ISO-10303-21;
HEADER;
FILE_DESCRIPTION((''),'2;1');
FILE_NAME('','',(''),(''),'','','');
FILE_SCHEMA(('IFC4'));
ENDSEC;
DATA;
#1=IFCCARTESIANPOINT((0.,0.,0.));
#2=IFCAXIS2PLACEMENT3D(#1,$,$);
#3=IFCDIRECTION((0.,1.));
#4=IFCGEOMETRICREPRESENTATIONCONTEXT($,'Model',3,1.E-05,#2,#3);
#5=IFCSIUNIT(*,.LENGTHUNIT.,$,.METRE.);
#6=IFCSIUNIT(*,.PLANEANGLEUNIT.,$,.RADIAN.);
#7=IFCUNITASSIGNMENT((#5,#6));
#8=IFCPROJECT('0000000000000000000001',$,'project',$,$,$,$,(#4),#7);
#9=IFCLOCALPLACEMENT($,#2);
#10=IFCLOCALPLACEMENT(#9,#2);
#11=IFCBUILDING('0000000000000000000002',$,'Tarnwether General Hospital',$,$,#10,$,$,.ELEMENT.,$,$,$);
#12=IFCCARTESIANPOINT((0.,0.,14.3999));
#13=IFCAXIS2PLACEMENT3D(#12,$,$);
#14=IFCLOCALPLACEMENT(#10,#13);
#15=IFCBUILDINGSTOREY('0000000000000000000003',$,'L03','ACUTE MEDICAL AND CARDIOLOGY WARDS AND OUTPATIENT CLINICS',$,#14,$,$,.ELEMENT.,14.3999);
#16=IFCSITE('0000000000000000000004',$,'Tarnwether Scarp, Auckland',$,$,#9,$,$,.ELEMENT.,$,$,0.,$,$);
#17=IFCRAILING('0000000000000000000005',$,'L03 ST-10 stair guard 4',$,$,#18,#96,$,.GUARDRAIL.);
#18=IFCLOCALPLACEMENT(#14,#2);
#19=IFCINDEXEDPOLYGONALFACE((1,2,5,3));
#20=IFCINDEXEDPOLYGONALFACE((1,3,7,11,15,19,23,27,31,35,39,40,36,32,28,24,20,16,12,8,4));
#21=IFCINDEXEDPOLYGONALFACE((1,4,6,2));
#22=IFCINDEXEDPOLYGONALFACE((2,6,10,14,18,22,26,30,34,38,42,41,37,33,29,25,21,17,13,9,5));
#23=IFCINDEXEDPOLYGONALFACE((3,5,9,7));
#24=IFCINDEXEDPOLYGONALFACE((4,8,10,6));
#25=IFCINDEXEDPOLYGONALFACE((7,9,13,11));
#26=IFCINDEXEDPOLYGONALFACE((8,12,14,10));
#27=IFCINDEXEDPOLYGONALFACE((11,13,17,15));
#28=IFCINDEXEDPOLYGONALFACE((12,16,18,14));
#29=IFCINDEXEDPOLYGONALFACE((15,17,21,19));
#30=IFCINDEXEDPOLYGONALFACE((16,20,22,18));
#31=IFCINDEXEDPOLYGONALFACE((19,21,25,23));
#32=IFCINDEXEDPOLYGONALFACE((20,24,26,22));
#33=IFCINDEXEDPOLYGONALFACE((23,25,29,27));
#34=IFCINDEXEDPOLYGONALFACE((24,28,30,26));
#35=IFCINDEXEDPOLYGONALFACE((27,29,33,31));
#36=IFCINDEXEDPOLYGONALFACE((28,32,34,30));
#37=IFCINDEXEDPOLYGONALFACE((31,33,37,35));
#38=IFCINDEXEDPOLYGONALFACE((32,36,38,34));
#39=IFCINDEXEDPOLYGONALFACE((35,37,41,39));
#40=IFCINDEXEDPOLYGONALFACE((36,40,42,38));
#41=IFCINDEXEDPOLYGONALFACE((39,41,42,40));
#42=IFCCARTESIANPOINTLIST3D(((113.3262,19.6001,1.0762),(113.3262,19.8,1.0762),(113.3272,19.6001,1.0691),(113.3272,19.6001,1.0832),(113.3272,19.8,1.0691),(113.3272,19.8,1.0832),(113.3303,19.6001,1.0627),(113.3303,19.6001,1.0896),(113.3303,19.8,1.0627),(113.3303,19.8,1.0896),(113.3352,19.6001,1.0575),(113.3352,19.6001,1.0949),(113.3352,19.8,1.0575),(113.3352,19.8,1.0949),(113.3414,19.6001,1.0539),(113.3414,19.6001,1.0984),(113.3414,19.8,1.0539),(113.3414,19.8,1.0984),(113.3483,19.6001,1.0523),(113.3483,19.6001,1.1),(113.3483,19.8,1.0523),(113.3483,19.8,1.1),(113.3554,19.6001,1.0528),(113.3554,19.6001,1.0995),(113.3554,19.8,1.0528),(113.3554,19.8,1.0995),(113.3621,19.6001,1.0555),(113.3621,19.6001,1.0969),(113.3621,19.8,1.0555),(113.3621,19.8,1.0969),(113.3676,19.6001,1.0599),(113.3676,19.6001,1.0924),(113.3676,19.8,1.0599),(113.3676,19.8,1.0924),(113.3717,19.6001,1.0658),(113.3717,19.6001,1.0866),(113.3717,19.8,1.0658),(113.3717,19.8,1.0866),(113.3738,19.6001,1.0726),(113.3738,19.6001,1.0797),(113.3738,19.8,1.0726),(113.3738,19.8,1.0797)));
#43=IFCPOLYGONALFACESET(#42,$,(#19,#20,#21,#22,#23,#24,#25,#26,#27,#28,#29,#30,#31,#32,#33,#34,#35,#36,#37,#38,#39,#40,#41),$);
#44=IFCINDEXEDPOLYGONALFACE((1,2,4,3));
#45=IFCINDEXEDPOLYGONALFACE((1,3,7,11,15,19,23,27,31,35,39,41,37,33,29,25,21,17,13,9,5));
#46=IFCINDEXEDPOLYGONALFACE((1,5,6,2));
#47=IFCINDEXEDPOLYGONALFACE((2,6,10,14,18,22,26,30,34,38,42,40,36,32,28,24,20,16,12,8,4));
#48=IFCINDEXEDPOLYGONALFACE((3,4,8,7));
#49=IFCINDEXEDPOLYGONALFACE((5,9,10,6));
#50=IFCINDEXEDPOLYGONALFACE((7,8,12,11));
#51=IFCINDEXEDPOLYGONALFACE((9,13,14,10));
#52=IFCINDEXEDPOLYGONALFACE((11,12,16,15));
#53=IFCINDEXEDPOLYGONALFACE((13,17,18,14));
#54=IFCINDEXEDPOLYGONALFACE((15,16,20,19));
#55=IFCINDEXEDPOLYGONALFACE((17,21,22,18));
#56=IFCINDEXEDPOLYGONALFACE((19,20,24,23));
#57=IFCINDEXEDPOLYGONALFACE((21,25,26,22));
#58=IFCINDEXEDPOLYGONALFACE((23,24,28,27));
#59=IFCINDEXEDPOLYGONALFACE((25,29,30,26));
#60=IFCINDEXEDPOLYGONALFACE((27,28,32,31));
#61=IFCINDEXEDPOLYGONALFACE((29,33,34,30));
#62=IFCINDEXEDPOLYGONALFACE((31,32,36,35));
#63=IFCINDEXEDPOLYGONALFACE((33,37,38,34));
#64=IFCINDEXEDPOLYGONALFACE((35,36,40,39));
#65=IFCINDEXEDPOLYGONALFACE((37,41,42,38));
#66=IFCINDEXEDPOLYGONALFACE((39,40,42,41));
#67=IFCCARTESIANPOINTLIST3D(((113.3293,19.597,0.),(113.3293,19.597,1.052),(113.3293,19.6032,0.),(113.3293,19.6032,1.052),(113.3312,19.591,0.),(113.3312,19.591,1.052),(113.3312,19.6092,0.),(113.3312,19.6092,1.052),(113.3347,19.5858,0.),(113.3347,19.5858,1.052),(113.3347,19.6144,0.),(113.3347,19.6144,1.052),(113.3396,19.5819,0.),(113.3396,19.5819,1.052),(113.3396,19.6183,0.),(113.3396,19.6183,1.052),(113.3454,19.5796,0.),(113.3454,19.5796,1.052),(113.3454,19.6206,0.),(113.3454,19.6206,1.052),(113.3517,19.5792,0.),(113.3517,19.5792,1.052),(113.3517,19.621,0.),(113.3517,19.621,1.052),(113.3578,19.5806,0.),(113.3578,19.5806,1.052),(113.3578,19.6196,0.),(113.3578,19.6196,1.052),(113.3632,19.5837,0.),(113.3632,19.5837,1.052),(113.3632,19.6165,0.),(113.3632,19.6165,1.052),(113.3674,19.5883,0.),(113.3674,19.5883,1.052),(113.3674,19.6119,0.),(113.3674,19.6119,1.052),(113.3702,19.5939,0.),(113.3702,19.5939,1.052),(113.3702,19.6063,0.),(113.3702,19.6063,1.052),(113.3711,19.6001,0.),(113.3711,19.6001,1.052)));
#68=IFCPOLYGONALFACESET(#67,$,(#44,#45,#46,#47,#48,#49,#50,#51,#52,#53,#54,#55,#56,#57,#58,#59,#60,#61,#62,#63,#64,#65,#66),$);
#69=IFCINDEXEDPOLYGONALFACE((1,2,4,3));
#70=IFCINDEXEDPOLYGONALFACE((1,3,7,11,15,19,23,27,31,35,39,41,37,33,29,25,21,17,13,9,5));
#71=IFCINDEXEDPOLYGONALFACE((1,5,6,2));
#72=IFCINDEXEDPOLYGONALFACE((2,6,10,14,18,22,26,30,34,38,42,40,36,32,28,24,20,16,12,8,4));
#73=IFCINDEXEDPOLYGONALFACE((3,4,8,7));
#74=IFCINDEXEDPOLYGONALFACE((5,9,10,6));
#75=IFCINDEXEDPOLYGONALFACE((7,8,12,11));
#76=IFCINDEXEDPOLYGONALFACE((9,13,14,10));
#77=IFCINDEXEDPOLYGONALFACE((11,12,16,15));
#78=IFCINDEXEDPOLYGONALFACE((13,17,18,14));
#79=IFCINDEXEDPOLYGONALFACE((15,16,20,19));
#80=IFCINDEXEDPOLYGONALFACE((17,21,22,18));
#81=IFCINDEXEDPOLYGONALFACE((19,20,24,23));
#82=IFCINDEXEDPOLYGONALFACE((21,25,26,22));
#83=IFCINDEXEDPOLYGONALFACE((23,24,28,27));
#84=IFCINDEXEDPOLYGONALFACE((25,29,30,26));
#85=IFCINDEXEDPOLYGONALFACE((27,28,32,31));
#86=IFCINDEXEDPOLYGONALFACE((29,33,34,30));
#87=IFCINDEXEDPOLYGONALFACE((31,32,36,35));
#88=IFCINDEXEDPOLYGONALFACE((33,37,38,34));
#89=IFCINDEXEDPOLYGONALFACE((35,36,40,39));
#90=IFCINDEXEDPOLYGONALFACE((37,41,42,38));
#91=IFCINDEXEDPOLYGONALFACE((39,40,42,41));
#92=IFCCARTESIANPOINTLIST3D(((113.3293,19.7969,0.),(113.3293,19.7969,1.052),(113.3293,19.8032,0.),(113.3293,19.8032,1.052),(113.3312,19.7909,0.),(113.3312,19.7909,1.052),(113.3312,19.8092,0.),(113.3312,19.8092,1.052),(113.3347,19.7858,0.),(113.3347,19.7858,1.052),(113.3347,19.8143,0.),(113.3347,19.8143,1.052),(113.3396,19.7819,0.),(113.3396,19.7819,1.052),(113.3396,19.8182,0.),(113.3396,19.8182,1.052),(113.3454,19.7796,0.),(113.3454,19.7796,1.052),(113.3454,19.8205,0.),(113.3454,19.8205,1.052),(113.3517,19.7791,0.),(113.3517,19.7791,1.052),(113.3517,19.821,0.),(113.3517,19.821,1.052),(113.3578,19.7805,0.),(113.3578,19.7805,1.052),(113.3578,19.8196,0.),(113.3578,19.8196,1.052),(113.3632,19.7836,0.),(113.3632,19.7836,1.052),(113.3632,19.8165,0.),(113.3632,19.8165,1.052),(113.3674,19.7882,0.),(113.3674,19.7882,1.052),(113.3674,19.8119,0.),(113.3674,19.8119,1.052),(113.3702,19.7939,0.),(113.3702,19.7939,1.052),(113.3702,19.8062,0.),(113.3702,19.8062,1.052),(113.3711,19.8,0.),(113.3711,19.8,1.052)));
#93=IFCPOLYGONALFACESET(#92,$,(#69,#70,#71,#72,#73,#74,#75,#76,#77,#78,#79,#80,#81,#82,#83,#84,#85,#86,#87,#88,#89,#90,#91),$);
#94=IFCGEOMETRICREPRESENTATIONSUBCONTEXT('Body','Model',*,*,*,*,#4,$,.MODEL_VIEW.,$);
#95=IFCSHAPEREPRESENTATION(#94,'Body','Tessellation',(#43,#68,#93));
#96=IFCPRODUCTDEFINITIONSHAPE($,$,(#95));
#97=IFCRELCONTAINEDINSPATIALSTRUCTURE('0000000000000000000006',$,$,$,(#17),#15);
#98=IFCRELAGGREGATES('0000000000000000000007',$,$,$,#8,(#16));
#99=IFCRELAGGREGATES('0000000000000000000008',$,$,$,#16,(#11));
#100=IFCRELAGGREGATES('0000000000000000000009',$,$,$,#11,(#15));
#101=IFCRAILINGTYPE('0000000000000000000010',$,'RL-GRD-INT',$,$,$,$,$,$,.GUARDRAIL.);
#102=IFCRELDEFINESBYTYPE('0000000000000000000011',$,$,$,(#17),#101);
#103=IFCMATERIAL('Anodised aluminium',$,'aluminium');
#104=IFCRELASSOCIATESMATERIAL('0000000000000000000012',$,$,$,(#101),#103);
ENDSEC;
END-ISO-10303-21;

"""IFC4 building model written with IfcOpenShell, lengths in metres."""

from ifc_helpers import new_model, si_unit, direction, frame, origin, origin_2d, place, context, subcontext, project, spatial, circle, extrude, material, type_object, element, save


model = new_model("IFC4")

# Units and contexts
model_context = context("Model", 3, precision=1e-05, world=origin(), true_north=direction((0.0, 1.0)))
body_context = subcontext(model_context, "Body", "Model", "MODEL_VIEW")
ifc_project = project(units=[si_unit("LENGTHUNIT", "METRE"), si_unit("PLANEANGLEUNIT", "RADIAN")], contexts=[model_context])

# Site, building, storey
site_placement = place(None, origin())
site = spatial("IfcSite", under=ifc_project, at=site_placement, Name="Tarnwether Scarp, Auckland", CompositionType="ELEMENT", RefElevation=0.0)
building_placement = place(site_placement, origin())
building = spatial("IfcBuilding", under=site, at=building_placement, Name="Tarnwether General Hospital", CompositionType="ELEMENT")
storey_placement = place(building_placement, frame((0.0, 0.0, 14.3999)))
storey = spatial("IfcBuildingStorey", under=building, at=storey_placement, Name="L03", Description="ACUTE MEDICAL AND CARDIOLOGY WARDS AND OUTPATIENT CLINICS", CompositionType="ELEMENT", Elevation=14.3999)

# Railing
ifc_material_1 = material(Name="Anodised aluminium", Category="aluminium")
railing_type_1 = type_object("IfcRailingType", Name="RL-GRD-INT", PredefinedType="GUARDRAIL", material=ifc_material_1)
railing_1_placement = place(storey_placement, frame((113.3501, 19.6001, 0.0)))
element("IfcRailing", 1, at=railing_1_placement, inside=storey, type_object=railing_type_1, Name="L03 ST-10 stair guard 4", PredefinedType="GUARDRAIL", context=body_context, shape_type="SweptSolid", body=[
    extrude(circle(Radius=0.0239, at=origin_2d()), frame((0.0, 0.0, 1.0762), z_axis=(0.0, 1.0, 0.0), x_axis=(-1.0, 0.0, 0.0)), (0.0, 0.0, 1.0), 0.2),
    extrude(circle(Radius=0.021, at=origin_2d()), origin(), (0.0, 0.0, 1.0), 1.052),
    extrude(circle(Radius=0.021, at=origin_2d()), frame((0.0, 0.2, 0.0)), (0.0, 0.0, 1.0), 1.052),
])

save(model, "model.ifc")
